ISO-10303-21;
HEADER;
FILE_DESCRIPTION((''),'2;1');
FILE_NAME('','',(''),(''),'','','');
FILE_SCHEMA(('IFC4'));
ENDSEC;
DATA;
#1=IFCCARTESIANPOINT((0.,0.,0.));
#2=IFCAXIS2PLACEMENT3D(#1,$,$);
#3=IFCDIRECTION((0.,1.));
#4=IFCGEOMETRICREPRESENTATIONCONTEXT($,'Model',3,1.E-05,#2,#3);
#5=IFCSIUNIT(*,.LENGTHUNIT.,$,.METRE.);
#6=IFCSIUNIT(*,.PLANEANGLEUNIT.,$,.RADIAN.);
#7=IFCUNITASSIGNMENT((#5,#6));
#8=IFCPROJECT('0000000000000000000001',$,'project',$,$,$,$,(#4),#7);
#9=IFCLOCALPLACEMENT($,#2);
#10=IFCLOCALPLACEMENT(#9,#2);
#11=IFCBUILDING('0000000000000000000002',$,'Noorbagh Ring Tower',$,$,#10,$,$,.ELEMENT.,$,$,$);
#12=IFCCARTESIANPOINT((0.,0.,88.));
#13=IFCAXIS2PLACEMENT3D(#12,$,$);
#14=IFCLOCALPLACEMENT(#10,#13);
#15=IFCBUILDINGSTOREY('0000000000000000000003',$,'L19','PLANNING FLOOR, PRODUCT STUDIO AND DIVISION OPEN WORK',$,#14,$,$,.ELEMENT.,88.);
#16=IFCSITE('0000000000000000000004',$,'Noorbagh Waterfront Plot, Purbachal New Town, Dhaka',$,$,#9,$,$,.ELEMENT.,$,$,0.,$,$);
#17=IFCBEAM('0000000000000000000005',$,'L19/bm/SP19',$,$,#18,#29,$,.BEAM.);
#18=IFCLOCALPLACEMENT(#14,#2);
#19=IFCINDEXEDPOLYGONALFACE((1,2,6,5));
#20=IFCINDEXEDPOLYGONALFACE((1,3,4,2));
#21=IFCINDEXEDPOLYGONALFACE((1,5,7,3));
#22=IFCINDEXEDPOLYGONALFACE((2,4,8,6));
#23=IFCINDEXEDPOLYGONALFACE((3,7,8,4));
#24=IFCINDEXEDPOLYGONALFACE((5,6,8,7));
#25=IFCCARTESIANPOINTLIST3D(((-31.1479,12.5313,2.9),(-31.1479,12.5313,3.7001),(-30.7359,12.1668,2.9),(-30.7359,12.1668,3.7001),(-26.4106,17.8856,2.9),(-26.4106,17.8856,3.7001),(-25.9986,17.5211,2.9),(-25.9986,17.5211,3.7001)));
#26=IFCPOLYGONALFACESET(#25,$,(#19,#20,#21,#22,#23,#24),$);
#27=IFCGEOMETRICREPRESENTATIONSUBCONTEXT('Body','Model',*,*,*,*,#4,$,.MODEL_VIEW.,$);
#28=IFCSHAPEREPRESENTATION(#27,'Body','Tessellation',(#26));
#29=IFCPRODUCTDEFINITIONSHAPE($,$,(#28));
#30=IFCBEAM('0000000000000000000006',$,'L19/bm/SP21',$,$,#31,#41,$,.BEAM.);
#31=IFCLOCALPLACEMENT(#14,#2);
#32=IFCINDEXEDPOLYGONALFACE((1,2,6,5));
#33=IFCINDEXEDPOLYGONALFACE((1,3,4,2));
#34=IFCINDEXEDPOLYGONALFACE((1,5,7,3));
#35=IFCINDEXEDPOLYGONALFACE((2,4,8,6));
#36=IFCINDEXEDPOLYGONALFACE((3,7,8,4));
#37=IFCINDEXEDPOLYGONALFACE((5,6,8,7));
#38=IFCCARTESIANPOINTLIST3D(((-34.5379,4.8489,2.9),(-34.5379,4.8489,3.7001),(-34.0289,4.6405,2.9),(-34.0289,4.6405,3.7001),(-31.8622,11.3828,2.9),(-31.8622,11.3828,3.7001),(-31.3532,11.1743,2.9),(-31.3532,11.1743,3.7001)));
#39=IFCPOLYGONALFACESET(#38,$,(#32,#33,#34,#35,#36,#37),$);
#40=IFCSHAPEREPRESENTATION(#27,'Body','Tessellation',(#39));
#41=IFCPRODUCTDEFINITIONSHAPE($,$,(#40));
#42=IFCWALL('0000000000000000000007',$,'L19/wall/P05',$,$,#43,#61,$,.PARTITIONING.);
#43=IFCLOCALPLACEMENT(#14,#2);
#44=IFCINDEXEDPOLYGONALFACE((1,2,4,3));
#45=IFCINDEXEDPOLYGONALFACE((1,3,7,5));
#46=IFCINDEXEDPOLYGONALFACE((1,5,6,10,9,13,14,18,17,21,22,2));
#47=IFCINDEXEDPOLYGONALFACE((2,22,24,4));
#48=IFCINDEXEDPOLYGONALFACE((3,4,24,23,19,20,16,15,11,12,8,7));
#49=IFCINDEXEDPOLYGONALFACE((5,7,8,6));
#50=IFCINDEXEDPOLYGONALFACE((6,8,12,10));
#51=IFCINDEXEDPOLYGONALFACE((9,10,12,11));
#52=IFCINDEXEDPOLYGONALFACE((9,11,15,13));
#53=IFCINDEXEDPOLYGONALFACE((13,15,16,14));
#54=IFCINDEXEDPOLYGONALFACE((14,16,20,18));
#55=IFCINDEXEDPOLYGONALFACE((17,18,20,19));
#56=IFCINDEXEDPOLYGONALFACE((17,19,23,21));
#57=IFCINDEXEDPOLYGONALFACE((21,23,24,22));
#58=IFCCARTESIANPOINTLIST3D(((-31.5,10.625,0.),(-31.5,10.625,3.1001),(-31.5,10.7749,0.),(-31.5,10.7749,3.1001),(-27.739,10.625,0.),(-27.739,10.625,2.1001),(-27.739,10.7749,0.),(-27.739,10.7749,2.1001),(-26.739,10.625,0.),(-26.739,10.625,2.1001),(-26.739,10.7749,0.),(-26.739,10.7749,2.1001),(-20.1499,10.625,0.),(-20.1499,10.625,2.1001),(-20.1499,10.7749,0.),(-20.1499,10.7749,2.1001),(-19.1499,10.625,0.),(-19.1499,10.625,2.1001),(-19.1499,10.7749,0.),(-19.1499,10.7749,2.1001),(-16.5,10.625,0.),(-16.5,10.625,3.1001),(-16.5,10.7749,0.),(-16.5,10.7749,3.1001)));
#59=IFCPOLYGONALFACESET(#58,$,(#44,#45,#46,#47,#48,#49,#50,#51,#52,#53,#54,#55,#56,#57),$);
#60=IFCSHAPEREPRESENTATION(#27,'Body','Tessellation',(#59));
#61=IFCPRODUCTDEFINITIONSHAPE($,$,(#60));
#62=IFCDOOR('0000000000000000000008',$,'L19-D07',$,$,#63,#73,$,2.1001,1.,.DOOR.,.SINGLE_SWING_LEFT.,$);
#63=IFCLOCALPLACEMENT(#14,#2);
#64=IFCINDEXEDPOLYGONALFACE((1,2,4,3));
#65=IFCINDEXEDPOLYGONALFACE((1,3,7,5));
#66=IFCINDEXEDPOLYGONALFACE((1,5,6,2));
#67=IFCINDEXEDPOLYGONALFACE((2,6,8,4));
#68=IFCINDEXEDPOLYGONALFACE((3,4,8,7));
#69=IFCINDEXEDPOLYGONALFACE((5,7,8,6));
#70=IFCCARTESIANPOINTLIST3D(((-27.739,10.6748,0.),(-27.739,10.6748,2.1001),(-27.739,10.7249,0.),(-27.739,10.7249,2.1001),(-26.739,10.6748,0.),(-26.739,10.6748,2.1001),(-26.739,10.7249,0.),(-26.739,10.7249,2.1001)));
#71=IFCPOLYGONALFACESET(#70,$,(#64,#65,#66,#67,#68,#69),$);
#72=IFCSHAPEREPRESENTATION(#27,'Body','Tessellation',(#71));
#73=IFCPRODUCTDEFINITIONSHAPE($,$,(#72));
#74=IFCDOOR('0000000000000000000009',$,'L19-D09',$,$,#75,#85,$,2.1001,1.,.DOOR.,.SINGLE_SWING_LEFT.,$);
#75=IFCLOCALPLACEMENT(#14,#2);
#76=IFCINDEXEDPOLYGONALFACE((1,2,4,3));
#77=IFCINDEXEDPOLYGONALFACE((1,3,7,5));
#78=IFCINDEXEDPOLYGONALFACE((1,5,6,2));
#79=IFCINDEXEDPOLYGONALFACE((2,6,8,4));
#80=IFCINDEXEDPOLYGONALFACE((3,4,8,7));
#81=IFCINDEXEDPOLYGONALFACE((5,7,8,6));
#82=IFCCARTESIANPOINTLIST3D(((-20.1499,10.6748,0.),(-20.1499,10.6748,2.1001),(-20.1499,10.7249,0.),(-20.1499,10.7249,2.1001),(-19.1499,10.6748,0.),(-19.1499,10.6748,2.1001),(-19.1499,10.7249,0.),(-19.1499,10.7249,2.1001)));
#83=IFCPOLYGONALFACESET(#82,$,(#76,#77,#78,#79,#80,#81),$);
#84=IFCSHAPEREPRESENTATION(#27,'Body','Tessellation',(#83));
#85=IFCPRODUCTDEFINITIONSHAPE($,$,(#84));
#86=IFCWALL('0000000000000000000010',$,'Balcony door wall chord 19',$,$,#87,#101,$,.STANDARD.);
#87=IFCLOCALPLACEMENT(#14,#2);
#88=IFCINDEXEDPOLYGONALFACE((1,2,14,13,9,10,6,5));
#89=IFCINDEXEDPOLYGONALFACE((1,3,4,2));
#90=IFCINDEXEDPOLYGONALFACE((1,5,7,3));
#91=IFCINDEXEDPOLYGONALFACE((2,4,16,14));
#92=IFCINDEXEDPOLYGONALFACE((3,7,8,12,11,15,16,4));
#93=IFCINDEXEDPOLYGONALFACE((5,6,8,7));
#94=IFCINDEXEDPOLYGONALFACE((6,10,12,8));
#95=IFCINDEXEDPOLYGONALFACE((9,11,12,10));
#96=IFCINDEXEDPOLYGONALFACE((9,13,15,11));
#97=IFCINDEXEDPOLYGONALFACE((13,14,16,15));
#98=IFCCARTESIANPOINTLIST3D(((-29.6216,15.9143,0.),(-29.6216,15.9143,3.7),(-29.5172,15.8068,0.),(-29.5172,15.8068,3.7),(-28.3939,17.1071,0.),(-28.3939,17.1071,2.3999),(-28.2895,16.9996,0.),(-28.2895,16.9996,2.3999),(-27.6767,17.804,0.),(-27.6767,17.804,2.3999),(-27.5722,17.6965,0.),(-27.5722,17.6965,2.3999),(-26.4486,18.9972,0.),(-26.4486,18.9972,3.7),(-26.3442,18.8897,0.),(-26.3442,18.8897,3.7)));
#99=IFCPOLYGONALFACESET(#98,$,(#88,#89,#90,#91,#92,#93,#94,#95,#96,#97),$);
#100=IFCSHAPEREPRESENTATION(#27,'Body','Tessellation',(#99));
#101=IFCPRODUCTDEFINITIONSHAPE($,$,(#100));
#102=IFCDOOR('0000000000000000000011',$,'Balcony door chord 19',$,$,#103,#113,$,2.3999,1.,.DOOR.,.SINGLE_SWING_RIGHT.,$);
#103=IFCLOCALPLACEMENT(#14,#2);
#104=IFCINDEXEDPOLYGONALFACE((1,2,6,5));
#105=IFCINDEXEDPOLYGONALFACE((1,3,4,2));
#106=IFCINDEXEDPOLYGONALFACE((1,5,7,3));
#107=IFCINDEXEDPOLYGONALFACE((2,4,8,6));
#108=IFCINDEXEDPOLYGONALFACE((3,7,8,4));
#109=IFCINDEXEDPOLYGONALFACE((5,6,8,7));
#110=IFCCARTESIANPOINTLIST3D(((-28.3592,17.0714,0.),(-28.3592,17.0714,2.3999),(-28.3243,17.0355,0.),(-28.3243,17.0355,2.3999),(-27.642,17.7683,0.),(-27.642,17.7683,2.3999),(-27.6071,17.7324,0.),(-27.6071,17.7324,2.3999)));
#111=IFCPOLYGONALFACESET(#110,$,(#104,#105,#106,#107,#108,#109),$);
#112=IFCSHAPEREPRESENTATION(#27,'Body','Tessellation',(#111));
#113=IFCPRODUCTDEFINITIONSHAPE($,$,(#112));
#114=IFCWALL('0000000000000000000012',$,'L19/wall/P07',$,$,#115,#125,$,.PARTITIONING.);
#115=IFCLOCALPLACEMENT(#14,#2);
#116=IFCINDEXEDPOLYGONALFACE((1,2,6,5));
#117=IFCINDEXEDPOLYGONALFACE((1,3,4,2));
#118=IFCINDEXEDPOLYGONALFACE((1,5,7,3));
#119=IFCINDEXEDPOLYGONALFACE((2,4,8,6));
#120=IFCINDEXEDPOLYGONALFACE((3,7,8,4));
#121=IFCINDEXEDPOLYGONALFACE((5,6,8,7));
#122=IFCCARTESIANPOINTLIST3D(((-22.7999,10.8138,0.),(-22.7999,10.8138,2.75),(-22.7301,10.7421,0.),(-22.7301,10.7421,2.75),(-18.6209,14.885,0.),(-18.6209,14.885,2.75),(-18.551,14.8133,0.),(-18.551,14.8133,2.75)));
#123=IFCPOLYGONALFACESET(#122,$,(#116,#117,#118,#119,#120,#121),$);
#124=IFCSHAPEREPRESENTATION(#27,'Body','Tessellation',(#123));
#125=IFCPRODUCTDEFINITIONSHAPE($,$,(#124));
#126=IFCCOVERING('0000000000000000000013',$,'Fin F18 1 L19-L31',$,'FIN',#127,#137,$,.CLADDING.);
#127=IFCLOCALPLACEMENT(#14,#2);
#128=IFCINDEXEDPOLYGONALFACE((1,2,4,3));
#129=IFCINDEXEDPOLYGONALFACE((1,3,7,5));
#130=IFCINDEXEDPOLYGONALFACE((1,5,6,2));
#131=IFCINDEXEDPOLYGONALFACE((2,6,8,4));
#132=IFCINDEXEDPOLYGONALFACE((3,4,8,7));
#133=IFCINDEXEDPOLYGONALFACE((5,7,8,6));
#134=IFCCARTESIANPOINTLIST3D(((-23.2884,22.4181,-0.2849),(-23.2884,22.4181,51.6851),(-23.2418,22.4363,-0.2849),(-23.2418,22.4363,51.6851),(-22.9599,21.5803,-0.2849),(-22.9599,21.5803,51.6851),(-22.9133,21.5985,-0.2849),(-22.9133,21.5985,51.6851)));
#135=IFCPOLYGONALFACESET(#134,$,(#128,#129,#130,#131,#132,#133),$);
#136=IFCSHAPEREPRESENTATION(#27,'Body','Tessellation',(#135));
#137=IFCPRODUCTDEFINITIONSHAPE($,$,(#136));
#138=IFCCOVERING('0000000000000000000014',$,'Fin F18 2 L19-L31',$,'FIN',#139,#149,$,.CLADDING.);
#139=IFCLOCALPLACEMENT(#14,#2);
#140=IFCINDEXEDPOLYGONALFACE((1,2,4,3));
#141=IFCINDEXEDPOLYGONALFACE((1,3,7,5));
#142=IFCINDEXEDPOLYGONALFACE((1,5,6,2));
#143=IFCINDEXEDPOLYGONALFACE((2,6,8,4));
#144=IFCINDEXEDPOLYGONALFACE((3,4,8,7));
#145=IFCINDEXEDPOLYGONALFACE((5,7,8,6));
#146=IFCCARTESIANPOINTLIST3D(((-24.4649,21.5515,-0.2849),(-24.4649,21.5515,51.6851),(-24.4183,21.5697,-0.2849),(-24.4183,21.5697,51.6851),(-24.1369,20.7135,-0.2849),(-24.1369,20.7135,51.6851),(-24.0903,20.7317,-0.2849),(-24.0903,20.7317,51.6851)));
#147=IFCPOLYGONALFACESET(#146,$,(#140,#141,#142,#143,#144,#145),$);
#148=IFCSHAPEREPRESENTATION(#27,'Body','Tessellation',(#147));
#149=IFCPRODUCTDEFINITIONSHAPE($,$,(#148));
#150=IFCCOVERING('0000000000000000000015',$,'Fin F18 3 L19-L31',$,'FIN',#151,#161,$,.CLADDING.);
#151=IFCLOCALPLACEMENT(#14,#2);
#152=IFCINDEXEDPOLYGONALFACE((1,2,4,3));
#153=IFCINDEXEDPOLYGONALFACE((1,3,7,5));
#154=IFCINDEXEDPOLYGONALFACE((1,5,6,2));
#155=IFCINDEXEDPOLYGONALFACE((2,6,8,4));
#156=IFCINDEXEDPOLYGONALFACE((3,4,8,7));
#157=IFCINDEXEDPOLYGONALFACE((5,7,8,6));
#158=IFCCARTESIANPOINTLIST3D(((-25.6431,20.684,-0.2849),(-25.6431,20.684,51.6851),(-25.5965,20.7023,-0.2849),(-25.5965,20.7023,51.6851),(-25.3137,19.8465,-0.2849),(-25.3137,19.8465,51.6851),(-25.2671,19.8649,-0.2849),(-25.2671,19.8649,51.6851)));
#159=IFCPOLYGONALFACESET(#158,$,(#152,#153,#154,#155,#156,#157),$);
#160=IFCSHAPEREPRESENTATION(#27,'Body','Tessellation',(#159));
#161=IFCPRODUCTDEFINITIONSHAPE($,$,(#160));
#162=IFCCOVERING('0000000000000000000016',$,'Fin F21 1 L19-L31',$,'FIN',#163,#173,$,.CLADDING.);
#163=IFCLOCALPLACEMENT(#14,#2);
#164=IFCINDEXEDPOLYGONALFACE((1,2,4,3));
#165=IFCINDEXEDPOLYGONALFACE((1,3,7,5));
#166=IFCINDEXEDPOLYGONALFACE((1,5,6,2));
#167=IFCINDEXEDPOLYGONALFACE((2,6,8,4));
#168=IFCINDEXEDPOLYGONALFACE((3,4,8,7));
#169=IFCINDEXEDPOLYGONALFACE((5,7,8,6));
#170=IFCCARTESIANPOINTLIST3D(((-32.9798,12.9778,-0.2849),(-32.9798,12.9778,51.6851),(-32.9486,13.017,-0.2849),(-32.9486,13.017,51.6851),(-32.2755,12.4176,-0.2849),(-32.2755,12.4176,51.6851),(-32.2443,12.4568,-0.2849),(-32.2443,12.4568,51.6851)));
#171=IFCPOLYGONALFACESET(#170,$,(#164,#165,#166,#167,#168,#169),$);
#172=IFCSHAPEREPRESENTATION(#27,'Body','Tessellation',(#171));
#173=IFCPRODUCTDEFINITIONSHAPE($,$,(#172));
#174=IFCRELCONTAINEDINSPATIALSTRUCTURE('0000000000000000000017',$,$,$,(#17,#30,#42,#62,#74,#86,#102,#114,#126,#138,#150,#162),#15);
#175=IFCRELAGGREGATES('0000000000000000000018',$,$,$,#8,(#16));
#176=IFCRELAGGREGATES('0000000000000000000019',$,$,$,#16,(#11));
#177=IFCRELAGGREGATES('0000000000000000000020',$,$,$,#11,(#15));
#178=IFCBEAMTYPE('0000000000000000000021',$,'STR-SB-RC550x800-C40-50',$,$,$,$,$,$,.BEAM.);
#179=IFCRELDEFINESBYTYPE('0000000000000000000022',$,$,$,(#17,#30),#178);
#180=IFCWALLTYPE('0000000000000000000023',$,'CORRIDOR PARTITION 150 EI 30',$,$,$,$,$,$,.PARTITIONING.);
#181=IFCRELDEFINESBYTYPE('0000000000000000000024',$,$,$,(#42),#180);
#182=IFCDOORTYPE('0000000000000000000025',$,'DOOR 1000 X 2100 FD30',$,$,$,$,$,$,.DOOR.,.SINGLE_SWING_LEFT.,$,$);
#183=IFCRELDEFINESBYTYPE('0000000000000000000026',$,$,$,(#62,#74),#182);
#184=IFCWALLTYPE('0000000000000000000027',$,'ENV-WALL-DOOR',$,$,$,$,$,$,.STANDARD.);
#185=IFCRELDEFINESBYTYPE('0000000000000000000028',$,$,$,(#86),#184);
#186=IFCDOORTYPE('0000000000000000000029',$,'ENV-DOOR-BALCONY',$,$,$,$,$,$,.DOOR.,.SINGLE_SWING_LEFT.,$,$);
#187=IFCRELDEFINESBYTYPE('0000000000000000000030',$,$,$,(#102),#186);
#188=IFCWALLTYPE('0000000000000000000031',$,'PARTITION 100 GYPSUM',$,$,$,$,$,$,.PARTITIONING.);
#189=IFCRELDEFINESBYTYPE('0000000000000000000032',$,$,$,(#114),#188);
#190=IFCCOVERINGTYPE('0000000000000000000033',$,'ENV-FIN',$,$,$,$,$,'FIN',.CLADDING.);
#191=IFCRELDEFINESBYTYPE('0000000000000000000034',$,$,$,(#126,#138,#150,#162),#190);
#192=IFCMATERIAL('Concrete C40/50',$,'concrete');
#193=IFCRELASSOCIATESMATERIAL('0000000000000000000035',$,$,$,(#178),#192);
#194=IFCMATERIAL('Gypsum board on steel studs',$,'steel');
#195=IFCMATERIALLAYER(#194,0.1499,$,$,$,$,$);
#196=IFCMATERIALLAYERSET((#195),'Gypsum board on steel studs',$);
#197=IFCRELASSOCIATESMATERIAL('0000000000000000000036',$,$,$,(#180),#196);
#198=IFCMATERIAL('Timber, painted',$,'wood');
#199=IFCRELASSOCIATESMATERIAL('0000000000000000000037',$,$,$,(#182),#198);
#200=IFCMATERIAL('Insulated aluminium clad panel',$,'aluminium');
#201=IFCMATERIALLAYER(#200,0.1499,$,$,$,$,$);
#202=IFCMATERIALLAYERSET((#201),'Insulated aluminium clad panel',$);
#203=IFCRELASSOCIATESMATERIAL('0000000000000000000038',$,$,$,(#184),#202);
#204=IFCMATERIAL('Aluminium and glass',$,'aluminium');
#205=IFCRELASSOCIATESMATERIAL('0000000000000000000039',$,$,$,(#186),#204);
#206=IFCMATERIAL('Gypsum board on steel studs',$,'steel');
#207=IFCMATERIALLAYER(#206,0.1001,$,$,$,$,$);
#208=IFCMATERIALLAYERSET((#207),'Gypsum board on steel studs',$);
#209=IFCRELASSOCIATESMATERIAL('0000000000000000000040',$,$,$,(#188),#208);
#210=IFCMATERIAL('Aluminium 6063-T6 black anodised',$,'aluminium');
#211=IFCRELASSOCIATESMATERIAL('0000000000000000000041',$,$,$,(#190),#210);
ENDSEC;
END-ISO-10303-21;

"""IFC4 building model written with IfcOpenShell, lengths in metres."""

from ifc_helpers import new_model, si_unit, direction, frame, frame_2d, origin, origin_2d, place, context, subcontext, project, spatial, rectangle, extrude, material, layer, layer_set, material_profile, profile_set, type_object, element, fill, save


model = new_model("IFC4")

# Units and contexts
model_context = context("Model", 3, precision=1e-05, world=origin(), true_north=direction((0.0, 1.0)))
body_context = subcontext(model_context, "Body", "Model", "MODEL_VIEW")
ifc_project = project(units=[si_unit("LENGTHUNIT", "METRE"), si_unit("PLANEANGLEUNIT", "RADIAN")], contexts=[model_context])

# Site, building, storey
site_placement = place(None, origin())
site = spatial("IfcSite", under=ifc_project, at=site_placement, Name="Noorbagh Waterfront Plot, Purbachal New Town, Dhaka", CompositionType="ELEMENT", RefElevation=0.0)
building_placement = place(site_placement, origin())
building = spatial("IfcBuilding", under=site, at=building_placement, Name="Noorbagh Ring Tower", CompositionType="ELEMENT")
storey_placement = place(building_placement, frame((0.0, 0.0, 88.0)))
storey = spatial("IfcBuildingStorey", under=building, at=storey_placement, Name="L19", Description="PLANNING FLOOR, PRODUCT STUDIO AND DIVISION OPEN WORK", CompositionType="ELEMENT", Elevation=88.0)

# Beams
ifc_material_1 = material(Name="Concrete C40/50", Category="concrete")
ifc_material_profile_1 = material_profile(ifc_material_1, rectangle(XDim=0.55, YDim=0.8, at=origin_2d()), Name="RC550x800")
ifc_profile_set_1 = profile_set([ifc_material_profile_1], Name="Concrete C40/50")
beam_type_1 = type_object("IfcBeamType", Name="STR-SB-RC550x800-C40-50", PredefinedType="BEAM", material=ifc_profile_set_1)
beam_1_placement = place(storey_placement, frame((-26.2046, 17.7034, 3.3), z_axis=(-0.662641, -0.748937, 0.0), x_axis=(0.748937, -0.662641, 0.0)))
element("IfcBeam", 1, at=beam_1_placement, inside=storey, type_object=beam_type_1, Name="L19/bm/SP19", PredefinedType="BEAM", context=body_context, shape_type="SweptSolid", body=[
    extrude(rectangle(XDim=0.55, YDim=0.8, at=origin_2d()), origin(), (0.0, 0.0, 1.0), 7.1492),
])
beam_2_placement = place(storey_placement, frame((-31.6077, 11.2786, 3.3), z_axis=(-0.378973, -0.925408, 0.0), x_axis=(0.925408, -0.378973, 0.0)))
element("IfcBeam", 2, at=beam_2_placement, inside=storey, type_object=beam_type_1, Name="L19/bm/SP21", PredefinedType="BEAM", context=body_context, shape_type="SweptSolid", body=[
    extrude(rectangle(XDim=0.55, YDim=0.8, at=origin_2d()), origin(), (0.0, 0.0, 1.0), 7.0605),
])

# Wall, openings, doors
ifc_material_2 = material(Name="Gypsum board on steel studs", Category="steel")
ifc_layer_1 = layer(ifc_material_2, 0.1499)
ifc_layer_set_1 = layer_set([ifc_layer_1], Name="Gypsum board on steel studs")
wall_type_1 = type_object("IfcWallType", Name="CORRIDOR PARTITION 150 EI 30", PredefinedType="PARTITIONING", material=ifc_layer_set_1)
wall_1_placement = place(storey_placement, frame((-31.5, 10.7, 0.0), z_axis=(0.0, 0.0, 1.0), x_axis=(1.0, 0.0, 0.0)))
wall_1 = element("IfcWall", 3, at=wall_1_placement, inside=storey, type_object=wall_type_1, Name="L19/wall/P05", PredefinedType="PARTITIONING", context=body_context, shape_type="SweptSolid", body=[
    extrude(rectangle(XDim=15.0, YDim=0.1499, at=frame_2d((7.5, 0.0))), origin(), (0.0, 0.0, 1.0), 3.1001),
])
opening_1_placement = place(wall_1_placement, frame((3.761, 0.0, 0.0)))
opening_1 = element("IfcOpeningElement", 4, at=opening_1_placement, cuts=wall_1, PredefinedType="OPENING", context=body_context, shape_type="SweptSolid", body=[
    extrude(rectangle(XDim=1.0, YDim=2.1001, at=frame_2d((0.5, 1.05))), frame((0.0, 0.085, 0.0), z_axis=(0.0, -1.0, 0.0), x_axis=(1.0, 0.0, 0.0)), (0.0, 0.0, 1.0), 0.1699),
])
opening_2_placement = place(wall_1_placement, frame((11.3501, 0.0, 0.0)))
opening_2 = element("IfcOpeningElement", 5, at=opening_2_placement, cuts=wall_1, PredefinedType="OPENING", context=body_context, shape_type="SweptSolid", body=[
    extrude(rectangle(XDim=1.0, YDim=2.1001, at=frame_2d((0.5, 1.05))), frame((0.0, 0.085, 0.0), z_axis=(0.0, -1.0, 0.0), x_axis=(1.0, 0.0, 0.0)), (0.0, 0.0, 1.0), 0.1699),
])
ifc_material_3 = material(Name="Timber, painted", Category="wood")
door_type_1 = type_object("IfcDoorType", Name="DOOR 1000 X 2100 FD30", OperationType="SINGLE_SWING_LEFT", PredefinedType="DOOR", material=ifc_material_3)
door_1_placement = place(opening_1_placement, origin())
door_1 = element("IfcDoor", 6, at=door_1_placement, inside=storey, type_object=door_type_1, Name="L19-D07", OperationType="SINGLE_SWING_LEFT", OverallHeight=2.1001, OverallWidth=1.0, PredefinedType="DOOR", context=body_context, shape_type="SweptSolid", body=[
    extrude(rectangle(XDim=1.0, YDim=2.1001, at=frame_2d((0.5, 1.05))), frame((0.0, 0.0249, 0.0), z_axis=(0.0, -1.0, 0.0), x_axis=(1.0, 0.0, 0.0)), (0.0, 0.0, 1.0), 0.05),
])
fill(opening_1, door_1)
door_2_placement = place(opening_2_placement, origin())
door_2 = element("IfcDoor", 7, at=door_2_placement, inside=storey, type_object=door_type_1, Name="L19-D09", OperationType="SINGLE_SWING_LEFT", OverallHeight=2.1001, OverallWidth=1.0, PredefinedType="DOOR", context=body_context, shape_type="SweptSolid", body=[
    extrude(rectangle(XDim=1.0, YDim=2.1001, at=frame_2d((0.5, 1.05))), frame((0.0, 0.0249, 0.0), z_axis=(0.0, -1.0, 0.0), x_axis=(1.0, 0.0, 0.0)), (0.0, 0.0, 1.0), 0.05),
])
fill(opening_2, door_2)

# Wall, opening, door
ifc_material_4 = material(Name="Insulated aluminium clad panel", Category="aluminium")
ifc_layer_2 = layer(ifc_material_4, 0.1499)
ifc_layer_set_2 = layer_set([ifc_layer_2], Name="Insulated aluminium clad panel")
wall_type_2 = type_object("IfcWallType", Name="ENV-WALL-DOOR", PredefinedType="STANDARD", material=ifc_layer_set_2)
wall_2_placement = place(storey_placement, frame((-26.3965, 18.9434, 0.0), z_axis=(0.0, 0.0, 1.0), x_axis=(-0.717215, -0.696852, 0.0)))
wall_2 = element("IfcWall", 8, at=wall_2_placement, inside=storey, type_object=wall_type_2, Name="Balcony door wall chord 19", PredefinedType="STANDARD", context=body_context, shape_type="SweptSolid", body=[
    extrude(rectangle(XDim=4.4241, YDim=0.1499, at=frame_2d((2.2119, 0.0))), origin(), (0.0, 0.0, 1.0), 3.7),
])
opening_3_placement = place(wall_2_placement, frame((1.7122, 0.0, 0.0)))
opening_3 = element("IfcOpeningElement", 9, at=opening_3_placement, cuts=wall_2, PredefinedType="OPENING", context=body_context, shape_type="SweptSolid", body=[
    extrude(rectangle(XDim=1.0, YDim=2.3999, at=frame_2d((0.5, 1.2))), frame((0.0, 0.085, 0.0), z_axis=(0.0, -1.0, 0.0), x_axis=(1.0, 0.0, 0.0)), (0.0, 0.0, 1.0), 0.1699),
])
ifc_material_5 = material(Name="Aluminium and glass", Category="aluminium")
door_type_2 = type_object("IfcDoorType", Name="ENV-DOOR-BALCONY", OperationType="SINGLE_SWING_LEFT", PredefinedType="DOOR", material=ifc_material_5)
door_3_placement = place(opening_3_placement, origin())
door_3 = element("IfcDoor", 10, at=door_3_placement, inside=storey, type_object=door_type_2, Name="Balcony door chord 19", OperationType="SINGLE_SWING_RIGHT", OverallHeight=2.3999, OverallWidth=1.0, PredefinedType="DOOR", context=body_context, shape_type="SweptSolid", body=[
    extrude(rectangle(XDim=1.0, YDim=2.3999, at=frame_2d((0.5, 1.2))), frame((0.0, 0.0249, 0.0), z_axis=(0.0, -1.0, 0.0), x_axis=(1.0, 0.0, 0.0)), (0.0, 0.0, 1.0), 0.05),
])
fill(opening_3, door_3)

# Wall
ifc_material_6 = material(Name="Gypsum board on steel studs", Category="steel")
ifc_layer_3 = layer(ifc_material_6, 0.1001)
ifc_layer_set_3 = layer_set([ifc_layer_3], Name="Gypsum board on steel studs")
wall_type_3 = type_object("IfcWallType", Name="PARTITION 100 GYPSUM", PredefinedType="PARTITIONING", material=ifc_layer_set_3)
wall_3_placement = place(storey_placement, frame((-22.7649, 10.7781, 0.0), z_axis=(0.0, 0.0, 1.0), x_axis=(0.716294, 0.697798, 0.0)))
element("IfcWall", 11, at=wall_3_placement, inside=storey, type_object=wall_type_3, Name="L19/wall/P07", PredefinedType="PARTITIONING", context=body_context, shape_type="SweptSolid", body=[
    extrude(rectangle(XDim=5.8342, YDim=0.1001, at=frame_2d((2.917, 0.0))), origin(), (0.0, 0.0, 1.0), 2.75),
])

# Coverings
ifc_material_7 = material(Name="Aluminium 6063-T6 black anodised", Category="aluminium")
ifc_material_profile_2 = material_profile(ifc_material_7, rectangle(XDim=0.8999, YDim=0.05, at=origin_2d()), Name="900x50")
ifc_profile_set_2 = profile_set([ifc_material_profile_2], Name="Aluminium 6063-T6 black anodised")
covering_type_1 = type_object("IfcCoveringType", Name="ENV-FIN", ElementType="FIN", PredefinedType="CLADDING", material=ifc_profile_set_2)
for number, where, z_axis, x_axis, name in (
    (12, (-23.1008, 22.0083, -0.2849), (0.0, 0.0, 1.0), (-0.365038, 0.930993, 0.0), "Fin F18 1 L19-L31"),
    (13, (-24.2776, 21.1416, -0.2849), (0.0, 0.0, 1.0), (-0.364533, 0.93119, 0.0), "Fin F18 2 L19-L31"),
    (14, (-25.4551, 20.2744, -0.2849), (0.0, 0.0, 1.0), (-0.366047, 0.930596, 0.0), "Fin F18 3 L19-L31"),
    (15, (-32.6121, 12.7173, -0.2849), (0.0, 0.0, 1.0), (-0.782644, 0.62247, 0.0), "Fin F21 1 L19-L31"),
):
    element("IfcCovering", number, at=place(storey_placement, frame(where, z_axis=z_axis, x_axis=x_axis)), inside=storey, type_object=covering_type_1, Name=name, ObjectType="FIN", PredefinedType="CLADDING", context=body_context, shape_type="SweptSolid", body=[
        extrude(rectangle(XDim=0.8999, YDim=0.05, at=origin_2d()), origin(), (0.0, 0.0, 1.0), 51.97),
    ])

save(model, "model.ifc")
